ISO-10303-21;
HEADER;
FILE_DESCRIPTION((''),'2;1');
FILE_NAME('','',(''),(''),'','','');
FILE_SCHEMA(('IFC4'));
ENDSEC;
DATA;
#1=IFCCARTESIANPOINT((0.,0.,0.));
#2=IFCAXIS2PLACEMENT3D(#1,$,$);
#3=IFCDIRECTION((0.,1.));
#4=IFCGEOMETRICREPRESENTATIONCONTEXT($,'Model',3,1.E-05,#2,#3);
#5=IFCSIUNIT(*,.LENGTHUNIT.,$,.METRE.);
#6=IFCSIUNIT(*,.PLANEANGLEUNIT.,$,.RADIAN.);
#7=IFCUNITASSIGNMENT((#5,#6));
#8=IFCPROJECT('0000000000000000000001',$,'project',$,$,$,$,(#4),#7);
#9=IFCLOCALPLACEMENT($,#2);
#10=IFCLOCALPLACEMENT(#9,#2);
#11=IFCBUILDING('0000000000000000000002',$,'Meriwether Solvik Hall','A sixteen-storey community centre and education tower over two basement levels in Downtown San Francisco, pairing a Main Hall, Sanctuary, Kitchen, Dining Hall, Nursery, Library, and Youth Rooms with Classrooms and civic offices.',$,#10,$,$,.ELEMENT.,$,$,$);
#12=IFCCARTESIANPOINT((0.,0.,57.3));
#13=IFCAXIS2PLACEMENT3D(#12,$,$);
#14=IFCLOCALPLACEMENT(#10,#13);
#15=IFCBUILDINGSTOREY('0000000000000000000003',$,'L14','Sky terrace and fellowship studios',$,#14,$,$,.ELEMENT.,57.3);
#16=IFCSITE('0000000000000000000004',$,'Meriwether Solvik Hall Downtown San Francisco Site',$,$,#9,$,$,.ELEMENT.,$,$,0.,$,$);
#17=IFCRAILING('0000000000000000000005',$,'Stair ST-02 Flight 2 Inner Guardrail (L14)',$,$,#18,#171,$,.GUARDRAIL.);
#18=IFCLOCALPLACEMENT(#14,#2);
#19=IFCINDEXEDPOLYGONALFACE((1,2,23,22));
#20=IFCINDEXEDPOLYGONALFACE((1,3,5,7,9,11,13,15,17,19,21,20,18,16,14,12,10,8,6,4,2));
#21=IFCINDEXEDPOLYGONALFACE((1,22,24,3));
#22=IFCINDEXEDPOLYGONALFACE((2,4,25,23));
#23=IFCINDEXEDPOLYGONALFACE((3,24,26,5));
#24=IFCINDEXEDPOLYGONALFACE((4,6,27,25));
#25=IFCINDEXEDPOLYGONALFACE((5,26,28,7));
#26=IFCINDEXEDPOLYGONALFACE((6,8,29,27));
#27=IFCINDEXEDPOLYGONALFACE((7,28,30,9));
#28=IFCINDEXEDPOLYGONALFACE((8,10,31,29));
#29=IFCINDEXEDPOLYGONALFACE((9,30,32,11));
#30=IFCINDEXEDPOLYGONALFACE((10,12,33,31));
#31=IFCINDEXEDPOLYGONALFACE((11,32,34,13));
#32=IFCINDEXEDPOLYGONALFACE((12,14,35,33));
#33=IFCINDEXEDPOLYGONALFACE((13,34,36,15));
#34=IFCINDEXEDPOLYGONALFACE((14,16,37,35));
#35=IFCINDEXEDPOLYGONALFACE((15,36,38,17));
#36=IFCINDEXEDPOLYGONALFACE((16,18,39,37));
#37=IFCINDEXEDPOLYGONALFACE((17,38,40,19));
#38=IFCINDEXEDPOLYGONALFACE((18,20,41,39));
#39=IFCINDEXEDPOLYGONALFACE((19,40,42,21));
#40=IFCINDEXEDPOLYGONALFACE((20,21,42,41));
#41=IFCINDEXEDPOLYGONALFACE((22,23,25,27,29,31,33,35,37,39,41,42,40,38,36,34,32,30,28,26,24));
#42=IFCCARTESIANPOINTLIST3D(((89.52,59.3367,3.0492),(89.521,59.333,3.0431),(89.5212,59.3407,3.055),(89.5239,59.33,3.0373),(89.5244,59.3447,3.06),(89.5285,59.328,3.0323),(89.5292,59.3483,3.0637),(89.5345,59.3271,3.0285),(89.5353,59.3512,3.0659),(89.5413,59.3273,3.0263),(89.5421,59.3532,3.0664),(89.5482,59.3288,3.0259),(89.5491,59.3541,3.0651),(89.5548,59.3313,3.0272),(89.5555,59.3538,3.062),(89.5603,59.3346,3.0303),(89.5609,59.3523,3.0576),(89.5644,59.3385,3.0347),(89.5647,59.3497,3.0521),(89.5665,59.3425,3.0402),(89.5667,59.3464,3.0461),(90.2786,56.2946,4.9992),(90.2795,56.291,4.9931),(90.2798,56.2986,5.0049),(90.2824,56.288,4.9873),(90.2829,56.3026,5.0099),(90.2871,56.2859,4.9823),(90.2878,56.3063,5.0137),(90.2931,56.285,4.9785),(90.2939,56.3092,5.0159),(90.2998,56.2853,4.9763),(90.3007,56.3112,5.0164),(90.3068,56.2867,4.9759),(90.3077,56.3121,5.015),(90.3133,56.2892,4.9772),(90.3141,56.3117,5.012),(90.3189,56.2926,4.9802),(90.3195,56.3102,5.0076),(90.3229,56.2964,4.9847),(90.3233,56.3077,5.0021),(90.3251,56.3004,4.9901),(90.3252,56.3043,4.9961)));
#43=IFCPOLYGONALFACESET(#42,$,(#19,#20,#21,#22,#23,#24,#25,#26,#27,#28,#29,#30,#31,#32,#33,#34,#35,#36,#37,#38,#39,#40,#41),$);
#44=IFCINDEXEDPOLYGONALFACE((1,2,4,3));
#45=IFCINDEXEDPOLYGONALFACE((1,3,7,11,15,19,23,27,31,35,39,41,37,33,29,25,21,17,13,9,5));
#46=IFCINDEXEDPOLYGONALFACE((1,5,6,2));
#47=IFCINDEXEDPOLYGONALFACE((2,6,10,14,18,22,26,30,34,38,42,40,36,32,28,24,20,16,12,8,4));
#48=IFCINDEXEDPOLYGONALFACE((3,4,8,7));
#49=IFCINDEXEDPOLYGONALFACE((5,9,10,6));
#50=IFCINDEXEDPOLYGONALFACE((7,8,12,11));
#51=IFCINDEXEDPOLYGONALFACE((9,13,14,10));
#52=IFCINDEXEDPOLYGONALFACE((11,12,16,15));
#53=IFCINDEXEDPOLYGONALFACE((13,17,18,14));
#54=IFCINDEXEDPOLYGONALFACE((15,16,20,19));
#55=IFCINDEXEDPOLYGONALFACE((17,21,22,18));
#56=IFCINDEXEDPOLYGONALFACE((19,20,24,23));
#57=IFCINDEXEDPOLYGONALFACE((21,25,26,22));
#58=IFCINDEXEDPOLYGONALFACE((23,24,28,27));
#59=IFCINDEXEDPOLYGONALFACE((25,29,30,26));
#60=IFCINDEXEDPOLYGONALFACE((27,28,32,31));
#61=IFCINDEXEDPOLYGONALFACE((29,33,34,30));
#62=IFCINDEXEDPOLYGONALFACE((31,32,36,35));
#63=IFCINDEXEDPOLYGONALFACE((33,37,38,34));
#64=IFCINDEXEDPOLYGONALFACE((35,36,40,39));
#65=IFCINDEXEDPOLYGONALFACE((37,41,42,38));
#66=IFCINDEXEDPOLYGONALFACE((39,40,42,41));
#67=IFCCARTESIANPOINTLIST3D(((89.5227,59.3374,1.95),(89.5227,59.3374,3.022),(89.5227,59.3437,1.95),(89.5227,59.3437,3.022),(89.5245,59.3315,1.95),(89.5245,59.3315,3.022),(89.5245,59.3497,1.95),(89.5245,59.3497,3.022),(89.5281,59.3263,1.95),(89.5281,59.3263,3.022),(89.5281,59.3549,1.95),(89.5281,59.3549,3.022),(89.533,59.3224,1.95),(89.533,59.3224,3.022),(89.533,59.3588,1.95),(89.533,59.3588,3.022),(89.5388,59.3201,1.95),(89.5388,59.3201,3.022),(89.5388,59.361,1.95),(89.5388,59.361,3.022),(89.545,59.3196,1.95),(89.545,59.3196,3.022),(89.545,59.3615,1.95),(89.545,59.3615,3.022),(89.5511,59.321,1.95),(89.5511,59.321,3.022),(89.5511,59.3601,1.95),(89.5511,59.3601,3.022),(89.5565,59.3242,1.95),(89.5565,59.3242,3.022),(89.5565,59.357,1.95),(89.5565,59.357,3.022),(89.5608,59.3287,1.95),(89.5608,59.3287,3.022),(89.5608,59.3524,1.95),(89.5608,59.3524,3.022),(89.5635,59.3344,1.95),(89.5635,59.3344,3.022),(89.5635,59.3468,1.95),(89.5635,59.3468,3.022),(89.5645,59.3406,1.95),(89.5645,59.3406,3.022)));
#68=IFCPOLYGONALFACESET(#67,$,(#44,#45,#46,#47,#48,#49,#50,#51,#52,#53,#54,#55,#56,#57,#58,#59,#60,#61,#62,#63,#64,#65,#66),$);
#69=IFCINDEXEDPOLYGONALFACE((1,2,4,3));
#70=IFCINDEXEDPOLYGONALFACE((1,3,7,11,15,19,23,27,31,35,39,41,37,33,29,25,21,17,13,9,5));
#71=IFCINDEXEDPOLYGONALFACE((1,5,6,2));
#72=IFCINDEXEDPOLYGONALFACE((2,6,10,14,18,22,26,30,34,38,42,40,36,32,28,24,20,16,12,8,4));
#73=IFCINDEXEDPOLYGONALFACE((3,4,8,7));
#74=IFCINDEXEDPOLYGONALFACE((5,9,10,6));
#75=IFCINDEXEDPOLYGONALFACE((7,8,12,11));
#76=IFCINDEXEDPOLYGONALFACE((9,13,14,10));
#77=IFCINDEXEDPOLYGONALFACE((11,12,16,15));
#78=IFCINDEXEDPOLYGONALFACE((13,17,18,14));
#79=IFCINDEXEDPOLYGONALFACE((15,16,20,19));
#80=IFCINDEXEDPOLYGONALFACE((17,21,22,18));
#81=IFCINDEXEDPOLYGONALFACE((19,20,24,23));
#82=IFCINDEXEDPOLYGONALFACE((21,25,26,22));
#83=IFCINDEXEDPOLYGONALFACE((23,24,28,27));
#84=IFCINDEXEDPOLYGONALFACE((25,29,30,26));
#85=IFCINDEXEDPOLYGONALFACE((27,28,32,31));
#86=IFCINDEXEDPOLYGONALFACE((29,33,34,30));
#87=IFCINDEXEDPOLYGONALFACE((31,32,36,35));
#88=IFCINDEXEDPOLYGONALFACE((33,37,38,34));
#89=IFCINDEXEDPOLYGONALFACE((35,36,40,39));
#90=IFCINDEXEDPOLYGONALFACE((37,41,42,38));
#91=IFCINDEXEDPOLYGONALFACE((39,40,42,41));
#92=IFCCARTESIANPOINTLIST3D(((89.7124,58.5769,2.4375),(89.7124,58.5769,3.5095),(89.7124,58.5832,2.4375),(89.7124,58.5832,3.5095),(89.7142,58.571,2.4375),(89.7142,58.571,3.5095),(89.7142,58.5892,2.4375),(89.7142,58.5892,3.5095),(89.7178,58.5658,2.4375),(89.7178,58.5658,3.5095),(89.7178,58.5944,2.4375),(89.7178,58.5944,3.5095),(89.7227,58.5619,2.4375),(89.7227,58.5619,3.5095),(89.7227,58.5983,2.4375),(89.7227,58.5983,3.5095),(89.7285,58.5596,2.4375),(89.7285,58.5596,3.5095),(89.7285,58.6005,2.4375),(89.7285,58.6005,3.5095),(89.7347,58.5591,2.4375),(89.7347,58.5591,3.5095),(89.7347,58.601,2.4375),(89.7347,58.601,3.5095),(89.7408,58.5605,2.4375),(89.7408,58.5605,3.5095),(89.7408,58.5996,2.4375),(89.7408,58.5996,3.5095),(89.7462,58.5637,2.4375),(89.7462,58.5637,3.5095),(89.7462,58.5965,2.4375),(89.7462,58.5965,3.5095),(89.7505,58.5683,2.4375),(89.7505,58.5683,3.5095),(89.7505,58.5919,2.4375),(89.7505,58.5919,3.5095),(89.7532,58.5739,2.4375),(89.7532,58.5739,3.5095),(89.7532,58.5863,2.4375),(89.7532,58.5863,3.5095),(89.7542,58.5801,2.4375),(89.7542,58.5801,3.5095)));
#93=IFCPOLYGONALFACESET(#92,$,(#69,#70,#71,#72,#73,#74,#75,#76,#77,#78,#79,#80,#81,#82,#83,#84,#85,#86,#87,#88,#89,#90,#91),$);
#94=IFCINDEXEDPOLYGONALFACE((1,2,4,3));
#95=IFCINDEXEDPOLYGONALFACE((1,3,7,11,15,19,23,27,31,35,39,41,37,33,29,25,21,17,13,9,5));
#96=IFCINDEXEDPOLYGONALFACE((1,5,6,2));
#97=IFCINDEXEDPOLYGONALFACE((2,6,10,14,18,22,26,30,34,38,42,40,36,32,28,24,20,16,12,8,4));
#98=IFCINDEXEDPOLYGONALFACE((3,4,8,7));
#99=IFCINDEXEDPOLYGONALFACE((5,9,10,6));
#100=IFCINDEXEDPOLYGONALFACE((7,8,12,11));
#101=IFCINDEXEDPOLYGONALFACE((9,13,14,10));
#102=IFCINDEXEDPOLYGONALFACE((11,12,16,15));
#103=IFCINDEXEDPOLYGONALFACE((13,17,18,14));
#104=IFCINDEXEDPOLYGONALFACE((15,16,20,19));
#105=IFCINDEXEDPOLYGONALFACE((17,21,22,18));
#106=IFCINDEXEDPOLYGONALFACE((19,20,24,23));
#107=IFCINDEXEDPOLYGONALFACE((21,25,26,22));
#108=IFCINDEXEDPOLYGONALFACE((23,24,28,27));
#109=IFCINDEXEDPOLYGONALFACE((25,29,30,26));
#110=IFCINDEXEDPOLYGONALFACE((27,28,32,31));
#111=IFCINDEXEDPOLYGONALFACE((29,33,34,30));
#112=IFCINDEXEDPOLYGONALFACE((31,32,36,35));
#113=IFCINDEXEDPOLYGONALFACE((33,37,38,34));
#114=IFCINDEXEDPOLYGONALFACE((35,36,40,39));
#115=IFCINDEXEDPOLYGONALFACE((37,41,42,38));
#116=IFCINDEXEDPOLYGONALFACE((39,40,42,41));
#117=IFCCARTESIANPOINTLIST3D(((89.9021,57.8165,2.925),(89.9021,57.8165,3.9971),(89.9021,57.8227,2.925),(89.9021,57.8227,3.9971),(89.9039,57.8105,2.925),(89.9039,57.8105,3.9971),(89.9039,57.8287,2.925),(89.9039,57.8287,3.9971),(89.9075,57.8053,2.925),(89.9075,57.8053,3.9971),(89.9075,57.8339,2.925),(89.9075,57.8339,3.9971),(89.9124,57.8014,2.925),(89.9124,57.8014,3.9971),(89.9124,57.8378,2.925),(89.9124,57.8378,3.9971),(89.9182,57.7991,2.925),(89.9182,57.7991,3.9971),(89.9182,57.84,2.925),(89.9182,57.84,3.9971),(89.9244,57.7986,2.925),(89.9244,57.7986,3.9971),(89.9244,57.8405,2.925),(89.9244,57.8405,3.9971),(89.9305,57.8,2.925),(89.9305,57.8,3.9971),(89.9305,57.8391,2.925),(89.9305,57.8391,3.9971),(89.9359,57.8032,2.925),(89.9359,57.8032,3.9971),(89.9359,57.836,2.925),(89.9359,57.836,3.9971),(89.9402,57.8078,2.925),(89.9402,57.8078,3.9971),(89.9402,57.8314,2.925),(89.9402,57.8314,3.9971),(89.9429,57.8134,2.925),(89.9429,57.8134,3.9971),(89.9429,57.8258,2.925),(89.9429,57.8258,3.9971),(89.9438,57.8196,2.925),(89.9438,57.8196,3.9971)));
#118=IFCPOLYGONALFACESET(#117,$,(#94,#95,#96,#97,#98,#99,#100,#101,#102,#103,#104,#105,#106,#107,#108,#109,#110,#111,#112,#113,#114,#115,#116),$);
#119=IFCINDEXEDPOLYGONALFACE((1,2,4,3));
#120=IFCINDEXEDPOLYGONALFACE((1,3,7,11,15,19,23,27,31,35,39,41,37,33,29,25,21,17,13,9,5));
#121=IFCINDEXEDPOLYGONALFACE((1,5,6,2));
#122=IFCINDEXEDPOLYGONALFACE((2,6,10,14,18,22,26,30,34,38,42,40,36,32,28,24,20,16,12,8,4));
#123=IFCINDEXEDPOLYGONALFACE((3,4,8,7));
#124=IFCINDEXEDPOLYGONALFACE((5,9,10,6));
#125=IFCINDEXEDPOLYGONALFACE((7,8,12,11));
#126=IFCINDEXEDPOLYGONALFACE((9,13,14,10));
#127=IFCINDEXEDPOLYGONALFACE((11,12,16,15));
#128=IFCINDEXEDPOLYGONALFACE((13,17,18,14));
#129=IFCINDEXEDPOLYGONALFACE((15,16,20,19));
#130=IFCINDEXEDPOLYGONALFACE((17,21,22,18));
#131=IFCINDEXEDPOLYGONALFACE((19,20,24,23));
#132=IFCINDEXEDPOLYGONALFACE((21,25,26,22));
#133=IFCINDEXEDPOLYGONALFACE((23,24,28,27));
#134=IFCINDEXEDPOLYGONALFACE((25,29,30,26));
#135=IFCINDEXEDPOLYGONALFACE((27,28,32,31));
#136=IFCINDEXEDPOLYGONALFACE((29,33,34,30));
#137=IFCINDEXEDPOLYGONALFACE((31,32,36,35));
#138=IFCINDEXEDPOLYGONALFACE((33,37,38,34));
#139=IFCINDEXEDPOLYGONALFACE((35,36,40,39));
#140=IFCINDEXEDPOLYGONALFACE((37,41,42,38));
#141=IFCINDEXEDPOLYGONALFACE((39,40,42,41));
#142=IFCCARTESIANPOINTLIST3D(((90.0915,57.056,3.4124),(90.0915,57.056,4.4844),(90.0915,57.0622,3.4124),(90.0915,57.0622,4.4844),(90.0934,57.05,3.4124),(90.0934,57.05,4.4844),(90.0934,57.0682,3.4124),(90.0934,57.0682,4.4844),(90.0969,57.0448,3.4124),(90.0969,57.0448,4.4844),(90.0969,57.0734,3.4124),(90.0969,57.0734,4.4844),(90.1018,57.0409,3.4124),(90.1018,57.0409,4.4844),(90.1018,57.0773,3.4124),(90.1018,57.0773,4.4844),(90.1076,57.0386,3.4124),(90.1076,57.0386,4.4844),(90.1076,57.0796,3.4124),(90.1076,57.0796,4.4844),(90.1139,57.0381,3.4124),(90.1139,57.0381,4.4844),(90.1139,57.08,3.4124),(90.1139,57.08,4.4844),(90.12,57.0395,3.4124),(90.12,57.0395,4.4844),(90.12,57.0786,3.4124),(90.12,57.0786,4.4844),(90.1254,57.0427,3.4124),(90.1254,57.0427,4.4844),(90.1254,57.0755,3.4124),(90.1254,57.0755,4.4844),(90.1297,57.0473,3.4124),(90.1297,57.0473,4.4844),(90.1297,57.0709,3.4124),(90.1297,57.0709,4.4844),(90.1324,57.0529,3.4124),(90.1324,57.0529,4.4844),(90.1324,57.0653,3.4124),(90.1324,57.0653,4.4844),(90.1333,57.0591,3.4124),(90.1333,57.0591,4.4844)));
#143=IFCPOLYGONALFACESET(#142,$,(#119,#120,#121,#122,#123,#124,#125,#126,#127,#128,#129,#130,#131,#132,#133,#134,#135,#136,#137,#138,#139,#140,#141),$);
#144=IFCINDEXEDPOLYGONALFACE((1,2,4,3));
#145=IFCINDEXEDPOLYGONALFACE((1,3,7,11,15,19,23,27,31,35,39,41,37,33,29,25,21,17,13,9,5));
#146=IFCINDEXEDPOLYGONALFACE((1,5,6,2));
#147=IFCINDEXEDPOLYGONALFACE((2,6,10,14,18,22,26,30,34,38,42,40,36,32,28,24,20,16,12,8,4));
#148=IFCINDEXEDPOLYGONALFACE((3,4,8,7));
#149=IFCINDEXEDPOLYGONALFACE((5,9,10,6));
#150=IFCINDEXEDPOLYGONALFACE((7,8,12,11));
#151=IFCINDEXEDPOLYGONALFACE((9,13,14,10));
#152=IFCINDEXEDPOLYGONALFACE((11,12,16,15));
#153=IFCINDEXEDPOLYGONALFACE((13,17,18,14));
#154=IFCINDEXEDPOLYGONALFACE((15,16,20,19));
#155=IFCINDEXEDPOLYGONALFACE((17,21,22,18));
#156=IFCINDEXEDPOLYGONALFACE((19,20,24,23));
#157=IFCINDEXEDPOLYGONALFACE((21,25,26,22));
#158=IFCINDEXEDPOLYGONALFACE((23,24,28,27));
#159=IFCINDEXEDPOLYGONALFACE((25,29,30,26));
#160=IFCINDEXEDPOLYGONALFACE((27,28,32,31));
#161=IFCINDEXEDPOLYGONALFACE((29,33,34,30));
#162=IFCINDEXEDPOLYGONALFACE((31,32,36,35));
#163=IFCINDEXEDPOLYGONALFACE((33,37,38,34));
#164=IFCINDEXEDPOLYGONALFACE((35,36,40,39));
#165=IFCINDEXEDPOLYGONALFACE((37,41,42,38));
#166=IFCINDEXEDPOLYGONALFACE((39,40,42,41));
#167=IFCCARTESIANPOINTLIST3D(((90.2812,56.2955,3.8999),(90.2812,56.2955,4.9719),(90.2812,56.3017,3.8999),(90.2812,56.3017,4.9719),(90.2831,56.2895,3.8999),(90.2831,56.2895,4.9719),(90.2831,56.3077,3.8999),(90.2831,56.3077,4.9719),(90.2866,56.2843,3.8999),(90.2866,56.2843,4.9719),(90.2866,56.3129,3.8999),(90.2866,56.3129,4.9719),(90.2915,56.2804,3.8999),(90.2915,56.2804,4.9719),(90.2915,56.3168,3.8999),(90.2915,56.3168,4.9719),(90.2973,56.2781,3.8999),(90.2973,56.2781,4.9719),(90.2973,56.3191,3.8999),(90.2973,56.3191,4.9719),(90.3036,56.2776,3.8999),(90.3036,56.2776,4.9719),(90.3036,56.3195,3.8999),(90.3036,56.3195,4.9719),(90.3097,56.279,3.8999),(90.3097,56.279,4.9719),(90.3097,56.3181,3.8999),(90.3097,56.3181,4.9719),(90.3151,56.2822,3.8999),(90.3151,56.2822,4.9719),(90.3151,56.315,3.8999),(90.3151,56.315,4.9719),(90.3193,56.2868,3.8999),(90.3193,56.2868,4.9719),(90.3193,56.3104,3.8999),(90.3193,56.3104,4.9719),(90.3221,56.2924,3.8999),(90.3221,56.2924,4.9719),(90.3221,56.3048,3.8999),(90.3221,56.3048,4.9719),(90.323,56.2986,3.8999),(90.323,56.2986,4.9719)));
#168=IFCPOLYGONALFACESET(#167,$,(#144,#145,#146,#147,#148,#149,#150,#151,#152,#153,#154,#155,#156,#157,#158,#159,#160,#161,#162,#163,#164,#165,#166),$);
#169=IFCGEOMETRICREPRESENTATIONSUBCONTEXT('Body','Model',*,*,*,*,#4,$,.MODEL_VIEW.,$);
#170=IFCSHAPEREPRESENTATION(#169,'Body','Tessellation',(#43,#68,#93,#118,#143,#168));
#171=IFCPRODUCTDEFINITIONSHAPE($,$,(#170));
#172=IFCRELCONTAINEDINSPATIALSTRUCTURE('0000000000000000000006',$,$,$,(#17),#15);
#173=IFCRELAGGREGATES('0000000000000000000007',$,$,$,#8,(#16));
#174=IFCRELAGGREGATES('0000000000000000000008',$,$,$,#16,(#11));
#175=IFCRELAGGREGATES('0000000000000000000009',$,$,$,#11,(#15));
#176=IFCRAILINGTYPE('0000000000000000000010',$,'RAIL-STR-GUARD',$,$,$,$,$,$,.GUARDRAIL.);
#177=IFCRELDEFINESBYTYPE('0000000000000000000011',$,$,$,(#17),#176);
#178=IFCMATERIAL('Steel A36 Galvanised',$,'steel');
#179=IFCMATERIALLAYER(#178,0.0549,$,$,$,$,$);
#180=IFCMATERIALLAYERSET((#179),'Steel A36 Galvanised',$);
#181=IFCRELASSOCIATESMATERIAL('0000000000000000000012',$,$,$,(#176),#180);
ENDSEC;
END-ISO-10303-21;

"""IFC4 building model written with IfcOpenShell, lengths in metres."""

from ifc_helpers import new_model, si_unit, direction, frame, origin, origin_2d, place, context, subcontext, project, spatial, circle, extrude, material, layer, layer_set, type_object, element, save


model = new_model("IFC4")

# Units and contexts
model_context = context("Model", 3, precision=1e-05, world=origin(), true_north=direction((0.0, 1.0)))
body_context = subcontext(model_context, "Body", "Model", "MODEL_VIEW")
ifc_project = project(units=[si_unit("LENGTHUNIT", "METRE"), si_unit("PLANEANGLEUNIT", "RADIAN")], contexts=[model_context])

# Site, building, storey
site_placement = place(None, origin())
site = spatial("IfcSite", under=ifc_project, at=site_placement, Name="Meriwether Solvik Hall Downtown San Francisco Site", CompositionType="ELEMENT", RefElevation=0.0)
building_placement = place(site_placement, origin())
building = spatial("IfcBuilding", under=site, at=building_placement, Name="Meriwether Solvik Hall", Description="A sixteen-storey community centre and education tower over two basement levels in Downtown San Francisco, pairing a Main Hall, Sanctuary, Kitchen, Dining Hall, Nursery, Library, and Youth Rooms with Classrooms and civic offices.", CompositionType="ELEMENT")
storey_placement = place(building_placement, frame((0.0, 0.0, 57.3)))
storey = spatial("IfcBuildingStorey", under=building, at=storey_placement, Name="L14", Description="Sky terrace and fellowship studios", CompositionType="ELEMENT", Elevation=57.3)

# Railing
ifc_material_1 = material(Name="Steel A36 Galvanised", Category="steel")
ifc_layer_1 = layer(ifc_material_1, 0.0549)
ifc_layer_set_1 = layer_set([ifc_layer_1], Name="Steel A36 Galvanised")
railing_type = type_object("IfcRailingType", Name="RAIL-STR-GUARD", PredefinedType="GUARDRAIL", material=ifc_layer_set_1)
railing_1_placement = place(storey_placement, frame((89.5435, 59.3406, 1.95)))
element("IfcRailing", 1, at=railing_1_placement, inside=storey, type_object=railing_type, Name="Stair ST-02 Flight 2 Inner Guardrail (L14)", PredefinedType="GUARDRAIL", context=body_context, shape_type="SweptSolid", body=[
    extrude(circle(Radius=0.0239, at=origin_2d()), frame((0.0, 0.0, 1.0962), z_axis=(0.205452, -0.823925, 0.528145), x_axis=(0.970289, 0.241949, 0.0)), (0.0, 0.0, 1.0), 3.6921),
    extrude(circle(Radius=0.021, at=origin_2d()), origin(), (0.0, 0.0, 1.0), 1.072),
    extrude(circle(Radius=0.021, at=origin_2d()), frame((0.1897, -0.7605, 0.4875)), (0.0, 0.0, 1.0), 1.072),
    extrude(circle(Radius=0.021, at=origin_2d()), frame((0.3794, -1.521, 0.9751)), (0.0, 0.0, 1.0), 1.072),
    extrude(circle(Radius=0.021, at=origin_2d()), frame((0.5688, -2.2815, 1.4624)), (0.0, 0.0, 1.0), 1.072),
    extrude(circle(Radius=0.021, at=origin_2d()), frame((0.7585, -3.042, 1.95)), (0.0, 0.0, 1.0), 1.072),
])

save(model, "model.ifc")
